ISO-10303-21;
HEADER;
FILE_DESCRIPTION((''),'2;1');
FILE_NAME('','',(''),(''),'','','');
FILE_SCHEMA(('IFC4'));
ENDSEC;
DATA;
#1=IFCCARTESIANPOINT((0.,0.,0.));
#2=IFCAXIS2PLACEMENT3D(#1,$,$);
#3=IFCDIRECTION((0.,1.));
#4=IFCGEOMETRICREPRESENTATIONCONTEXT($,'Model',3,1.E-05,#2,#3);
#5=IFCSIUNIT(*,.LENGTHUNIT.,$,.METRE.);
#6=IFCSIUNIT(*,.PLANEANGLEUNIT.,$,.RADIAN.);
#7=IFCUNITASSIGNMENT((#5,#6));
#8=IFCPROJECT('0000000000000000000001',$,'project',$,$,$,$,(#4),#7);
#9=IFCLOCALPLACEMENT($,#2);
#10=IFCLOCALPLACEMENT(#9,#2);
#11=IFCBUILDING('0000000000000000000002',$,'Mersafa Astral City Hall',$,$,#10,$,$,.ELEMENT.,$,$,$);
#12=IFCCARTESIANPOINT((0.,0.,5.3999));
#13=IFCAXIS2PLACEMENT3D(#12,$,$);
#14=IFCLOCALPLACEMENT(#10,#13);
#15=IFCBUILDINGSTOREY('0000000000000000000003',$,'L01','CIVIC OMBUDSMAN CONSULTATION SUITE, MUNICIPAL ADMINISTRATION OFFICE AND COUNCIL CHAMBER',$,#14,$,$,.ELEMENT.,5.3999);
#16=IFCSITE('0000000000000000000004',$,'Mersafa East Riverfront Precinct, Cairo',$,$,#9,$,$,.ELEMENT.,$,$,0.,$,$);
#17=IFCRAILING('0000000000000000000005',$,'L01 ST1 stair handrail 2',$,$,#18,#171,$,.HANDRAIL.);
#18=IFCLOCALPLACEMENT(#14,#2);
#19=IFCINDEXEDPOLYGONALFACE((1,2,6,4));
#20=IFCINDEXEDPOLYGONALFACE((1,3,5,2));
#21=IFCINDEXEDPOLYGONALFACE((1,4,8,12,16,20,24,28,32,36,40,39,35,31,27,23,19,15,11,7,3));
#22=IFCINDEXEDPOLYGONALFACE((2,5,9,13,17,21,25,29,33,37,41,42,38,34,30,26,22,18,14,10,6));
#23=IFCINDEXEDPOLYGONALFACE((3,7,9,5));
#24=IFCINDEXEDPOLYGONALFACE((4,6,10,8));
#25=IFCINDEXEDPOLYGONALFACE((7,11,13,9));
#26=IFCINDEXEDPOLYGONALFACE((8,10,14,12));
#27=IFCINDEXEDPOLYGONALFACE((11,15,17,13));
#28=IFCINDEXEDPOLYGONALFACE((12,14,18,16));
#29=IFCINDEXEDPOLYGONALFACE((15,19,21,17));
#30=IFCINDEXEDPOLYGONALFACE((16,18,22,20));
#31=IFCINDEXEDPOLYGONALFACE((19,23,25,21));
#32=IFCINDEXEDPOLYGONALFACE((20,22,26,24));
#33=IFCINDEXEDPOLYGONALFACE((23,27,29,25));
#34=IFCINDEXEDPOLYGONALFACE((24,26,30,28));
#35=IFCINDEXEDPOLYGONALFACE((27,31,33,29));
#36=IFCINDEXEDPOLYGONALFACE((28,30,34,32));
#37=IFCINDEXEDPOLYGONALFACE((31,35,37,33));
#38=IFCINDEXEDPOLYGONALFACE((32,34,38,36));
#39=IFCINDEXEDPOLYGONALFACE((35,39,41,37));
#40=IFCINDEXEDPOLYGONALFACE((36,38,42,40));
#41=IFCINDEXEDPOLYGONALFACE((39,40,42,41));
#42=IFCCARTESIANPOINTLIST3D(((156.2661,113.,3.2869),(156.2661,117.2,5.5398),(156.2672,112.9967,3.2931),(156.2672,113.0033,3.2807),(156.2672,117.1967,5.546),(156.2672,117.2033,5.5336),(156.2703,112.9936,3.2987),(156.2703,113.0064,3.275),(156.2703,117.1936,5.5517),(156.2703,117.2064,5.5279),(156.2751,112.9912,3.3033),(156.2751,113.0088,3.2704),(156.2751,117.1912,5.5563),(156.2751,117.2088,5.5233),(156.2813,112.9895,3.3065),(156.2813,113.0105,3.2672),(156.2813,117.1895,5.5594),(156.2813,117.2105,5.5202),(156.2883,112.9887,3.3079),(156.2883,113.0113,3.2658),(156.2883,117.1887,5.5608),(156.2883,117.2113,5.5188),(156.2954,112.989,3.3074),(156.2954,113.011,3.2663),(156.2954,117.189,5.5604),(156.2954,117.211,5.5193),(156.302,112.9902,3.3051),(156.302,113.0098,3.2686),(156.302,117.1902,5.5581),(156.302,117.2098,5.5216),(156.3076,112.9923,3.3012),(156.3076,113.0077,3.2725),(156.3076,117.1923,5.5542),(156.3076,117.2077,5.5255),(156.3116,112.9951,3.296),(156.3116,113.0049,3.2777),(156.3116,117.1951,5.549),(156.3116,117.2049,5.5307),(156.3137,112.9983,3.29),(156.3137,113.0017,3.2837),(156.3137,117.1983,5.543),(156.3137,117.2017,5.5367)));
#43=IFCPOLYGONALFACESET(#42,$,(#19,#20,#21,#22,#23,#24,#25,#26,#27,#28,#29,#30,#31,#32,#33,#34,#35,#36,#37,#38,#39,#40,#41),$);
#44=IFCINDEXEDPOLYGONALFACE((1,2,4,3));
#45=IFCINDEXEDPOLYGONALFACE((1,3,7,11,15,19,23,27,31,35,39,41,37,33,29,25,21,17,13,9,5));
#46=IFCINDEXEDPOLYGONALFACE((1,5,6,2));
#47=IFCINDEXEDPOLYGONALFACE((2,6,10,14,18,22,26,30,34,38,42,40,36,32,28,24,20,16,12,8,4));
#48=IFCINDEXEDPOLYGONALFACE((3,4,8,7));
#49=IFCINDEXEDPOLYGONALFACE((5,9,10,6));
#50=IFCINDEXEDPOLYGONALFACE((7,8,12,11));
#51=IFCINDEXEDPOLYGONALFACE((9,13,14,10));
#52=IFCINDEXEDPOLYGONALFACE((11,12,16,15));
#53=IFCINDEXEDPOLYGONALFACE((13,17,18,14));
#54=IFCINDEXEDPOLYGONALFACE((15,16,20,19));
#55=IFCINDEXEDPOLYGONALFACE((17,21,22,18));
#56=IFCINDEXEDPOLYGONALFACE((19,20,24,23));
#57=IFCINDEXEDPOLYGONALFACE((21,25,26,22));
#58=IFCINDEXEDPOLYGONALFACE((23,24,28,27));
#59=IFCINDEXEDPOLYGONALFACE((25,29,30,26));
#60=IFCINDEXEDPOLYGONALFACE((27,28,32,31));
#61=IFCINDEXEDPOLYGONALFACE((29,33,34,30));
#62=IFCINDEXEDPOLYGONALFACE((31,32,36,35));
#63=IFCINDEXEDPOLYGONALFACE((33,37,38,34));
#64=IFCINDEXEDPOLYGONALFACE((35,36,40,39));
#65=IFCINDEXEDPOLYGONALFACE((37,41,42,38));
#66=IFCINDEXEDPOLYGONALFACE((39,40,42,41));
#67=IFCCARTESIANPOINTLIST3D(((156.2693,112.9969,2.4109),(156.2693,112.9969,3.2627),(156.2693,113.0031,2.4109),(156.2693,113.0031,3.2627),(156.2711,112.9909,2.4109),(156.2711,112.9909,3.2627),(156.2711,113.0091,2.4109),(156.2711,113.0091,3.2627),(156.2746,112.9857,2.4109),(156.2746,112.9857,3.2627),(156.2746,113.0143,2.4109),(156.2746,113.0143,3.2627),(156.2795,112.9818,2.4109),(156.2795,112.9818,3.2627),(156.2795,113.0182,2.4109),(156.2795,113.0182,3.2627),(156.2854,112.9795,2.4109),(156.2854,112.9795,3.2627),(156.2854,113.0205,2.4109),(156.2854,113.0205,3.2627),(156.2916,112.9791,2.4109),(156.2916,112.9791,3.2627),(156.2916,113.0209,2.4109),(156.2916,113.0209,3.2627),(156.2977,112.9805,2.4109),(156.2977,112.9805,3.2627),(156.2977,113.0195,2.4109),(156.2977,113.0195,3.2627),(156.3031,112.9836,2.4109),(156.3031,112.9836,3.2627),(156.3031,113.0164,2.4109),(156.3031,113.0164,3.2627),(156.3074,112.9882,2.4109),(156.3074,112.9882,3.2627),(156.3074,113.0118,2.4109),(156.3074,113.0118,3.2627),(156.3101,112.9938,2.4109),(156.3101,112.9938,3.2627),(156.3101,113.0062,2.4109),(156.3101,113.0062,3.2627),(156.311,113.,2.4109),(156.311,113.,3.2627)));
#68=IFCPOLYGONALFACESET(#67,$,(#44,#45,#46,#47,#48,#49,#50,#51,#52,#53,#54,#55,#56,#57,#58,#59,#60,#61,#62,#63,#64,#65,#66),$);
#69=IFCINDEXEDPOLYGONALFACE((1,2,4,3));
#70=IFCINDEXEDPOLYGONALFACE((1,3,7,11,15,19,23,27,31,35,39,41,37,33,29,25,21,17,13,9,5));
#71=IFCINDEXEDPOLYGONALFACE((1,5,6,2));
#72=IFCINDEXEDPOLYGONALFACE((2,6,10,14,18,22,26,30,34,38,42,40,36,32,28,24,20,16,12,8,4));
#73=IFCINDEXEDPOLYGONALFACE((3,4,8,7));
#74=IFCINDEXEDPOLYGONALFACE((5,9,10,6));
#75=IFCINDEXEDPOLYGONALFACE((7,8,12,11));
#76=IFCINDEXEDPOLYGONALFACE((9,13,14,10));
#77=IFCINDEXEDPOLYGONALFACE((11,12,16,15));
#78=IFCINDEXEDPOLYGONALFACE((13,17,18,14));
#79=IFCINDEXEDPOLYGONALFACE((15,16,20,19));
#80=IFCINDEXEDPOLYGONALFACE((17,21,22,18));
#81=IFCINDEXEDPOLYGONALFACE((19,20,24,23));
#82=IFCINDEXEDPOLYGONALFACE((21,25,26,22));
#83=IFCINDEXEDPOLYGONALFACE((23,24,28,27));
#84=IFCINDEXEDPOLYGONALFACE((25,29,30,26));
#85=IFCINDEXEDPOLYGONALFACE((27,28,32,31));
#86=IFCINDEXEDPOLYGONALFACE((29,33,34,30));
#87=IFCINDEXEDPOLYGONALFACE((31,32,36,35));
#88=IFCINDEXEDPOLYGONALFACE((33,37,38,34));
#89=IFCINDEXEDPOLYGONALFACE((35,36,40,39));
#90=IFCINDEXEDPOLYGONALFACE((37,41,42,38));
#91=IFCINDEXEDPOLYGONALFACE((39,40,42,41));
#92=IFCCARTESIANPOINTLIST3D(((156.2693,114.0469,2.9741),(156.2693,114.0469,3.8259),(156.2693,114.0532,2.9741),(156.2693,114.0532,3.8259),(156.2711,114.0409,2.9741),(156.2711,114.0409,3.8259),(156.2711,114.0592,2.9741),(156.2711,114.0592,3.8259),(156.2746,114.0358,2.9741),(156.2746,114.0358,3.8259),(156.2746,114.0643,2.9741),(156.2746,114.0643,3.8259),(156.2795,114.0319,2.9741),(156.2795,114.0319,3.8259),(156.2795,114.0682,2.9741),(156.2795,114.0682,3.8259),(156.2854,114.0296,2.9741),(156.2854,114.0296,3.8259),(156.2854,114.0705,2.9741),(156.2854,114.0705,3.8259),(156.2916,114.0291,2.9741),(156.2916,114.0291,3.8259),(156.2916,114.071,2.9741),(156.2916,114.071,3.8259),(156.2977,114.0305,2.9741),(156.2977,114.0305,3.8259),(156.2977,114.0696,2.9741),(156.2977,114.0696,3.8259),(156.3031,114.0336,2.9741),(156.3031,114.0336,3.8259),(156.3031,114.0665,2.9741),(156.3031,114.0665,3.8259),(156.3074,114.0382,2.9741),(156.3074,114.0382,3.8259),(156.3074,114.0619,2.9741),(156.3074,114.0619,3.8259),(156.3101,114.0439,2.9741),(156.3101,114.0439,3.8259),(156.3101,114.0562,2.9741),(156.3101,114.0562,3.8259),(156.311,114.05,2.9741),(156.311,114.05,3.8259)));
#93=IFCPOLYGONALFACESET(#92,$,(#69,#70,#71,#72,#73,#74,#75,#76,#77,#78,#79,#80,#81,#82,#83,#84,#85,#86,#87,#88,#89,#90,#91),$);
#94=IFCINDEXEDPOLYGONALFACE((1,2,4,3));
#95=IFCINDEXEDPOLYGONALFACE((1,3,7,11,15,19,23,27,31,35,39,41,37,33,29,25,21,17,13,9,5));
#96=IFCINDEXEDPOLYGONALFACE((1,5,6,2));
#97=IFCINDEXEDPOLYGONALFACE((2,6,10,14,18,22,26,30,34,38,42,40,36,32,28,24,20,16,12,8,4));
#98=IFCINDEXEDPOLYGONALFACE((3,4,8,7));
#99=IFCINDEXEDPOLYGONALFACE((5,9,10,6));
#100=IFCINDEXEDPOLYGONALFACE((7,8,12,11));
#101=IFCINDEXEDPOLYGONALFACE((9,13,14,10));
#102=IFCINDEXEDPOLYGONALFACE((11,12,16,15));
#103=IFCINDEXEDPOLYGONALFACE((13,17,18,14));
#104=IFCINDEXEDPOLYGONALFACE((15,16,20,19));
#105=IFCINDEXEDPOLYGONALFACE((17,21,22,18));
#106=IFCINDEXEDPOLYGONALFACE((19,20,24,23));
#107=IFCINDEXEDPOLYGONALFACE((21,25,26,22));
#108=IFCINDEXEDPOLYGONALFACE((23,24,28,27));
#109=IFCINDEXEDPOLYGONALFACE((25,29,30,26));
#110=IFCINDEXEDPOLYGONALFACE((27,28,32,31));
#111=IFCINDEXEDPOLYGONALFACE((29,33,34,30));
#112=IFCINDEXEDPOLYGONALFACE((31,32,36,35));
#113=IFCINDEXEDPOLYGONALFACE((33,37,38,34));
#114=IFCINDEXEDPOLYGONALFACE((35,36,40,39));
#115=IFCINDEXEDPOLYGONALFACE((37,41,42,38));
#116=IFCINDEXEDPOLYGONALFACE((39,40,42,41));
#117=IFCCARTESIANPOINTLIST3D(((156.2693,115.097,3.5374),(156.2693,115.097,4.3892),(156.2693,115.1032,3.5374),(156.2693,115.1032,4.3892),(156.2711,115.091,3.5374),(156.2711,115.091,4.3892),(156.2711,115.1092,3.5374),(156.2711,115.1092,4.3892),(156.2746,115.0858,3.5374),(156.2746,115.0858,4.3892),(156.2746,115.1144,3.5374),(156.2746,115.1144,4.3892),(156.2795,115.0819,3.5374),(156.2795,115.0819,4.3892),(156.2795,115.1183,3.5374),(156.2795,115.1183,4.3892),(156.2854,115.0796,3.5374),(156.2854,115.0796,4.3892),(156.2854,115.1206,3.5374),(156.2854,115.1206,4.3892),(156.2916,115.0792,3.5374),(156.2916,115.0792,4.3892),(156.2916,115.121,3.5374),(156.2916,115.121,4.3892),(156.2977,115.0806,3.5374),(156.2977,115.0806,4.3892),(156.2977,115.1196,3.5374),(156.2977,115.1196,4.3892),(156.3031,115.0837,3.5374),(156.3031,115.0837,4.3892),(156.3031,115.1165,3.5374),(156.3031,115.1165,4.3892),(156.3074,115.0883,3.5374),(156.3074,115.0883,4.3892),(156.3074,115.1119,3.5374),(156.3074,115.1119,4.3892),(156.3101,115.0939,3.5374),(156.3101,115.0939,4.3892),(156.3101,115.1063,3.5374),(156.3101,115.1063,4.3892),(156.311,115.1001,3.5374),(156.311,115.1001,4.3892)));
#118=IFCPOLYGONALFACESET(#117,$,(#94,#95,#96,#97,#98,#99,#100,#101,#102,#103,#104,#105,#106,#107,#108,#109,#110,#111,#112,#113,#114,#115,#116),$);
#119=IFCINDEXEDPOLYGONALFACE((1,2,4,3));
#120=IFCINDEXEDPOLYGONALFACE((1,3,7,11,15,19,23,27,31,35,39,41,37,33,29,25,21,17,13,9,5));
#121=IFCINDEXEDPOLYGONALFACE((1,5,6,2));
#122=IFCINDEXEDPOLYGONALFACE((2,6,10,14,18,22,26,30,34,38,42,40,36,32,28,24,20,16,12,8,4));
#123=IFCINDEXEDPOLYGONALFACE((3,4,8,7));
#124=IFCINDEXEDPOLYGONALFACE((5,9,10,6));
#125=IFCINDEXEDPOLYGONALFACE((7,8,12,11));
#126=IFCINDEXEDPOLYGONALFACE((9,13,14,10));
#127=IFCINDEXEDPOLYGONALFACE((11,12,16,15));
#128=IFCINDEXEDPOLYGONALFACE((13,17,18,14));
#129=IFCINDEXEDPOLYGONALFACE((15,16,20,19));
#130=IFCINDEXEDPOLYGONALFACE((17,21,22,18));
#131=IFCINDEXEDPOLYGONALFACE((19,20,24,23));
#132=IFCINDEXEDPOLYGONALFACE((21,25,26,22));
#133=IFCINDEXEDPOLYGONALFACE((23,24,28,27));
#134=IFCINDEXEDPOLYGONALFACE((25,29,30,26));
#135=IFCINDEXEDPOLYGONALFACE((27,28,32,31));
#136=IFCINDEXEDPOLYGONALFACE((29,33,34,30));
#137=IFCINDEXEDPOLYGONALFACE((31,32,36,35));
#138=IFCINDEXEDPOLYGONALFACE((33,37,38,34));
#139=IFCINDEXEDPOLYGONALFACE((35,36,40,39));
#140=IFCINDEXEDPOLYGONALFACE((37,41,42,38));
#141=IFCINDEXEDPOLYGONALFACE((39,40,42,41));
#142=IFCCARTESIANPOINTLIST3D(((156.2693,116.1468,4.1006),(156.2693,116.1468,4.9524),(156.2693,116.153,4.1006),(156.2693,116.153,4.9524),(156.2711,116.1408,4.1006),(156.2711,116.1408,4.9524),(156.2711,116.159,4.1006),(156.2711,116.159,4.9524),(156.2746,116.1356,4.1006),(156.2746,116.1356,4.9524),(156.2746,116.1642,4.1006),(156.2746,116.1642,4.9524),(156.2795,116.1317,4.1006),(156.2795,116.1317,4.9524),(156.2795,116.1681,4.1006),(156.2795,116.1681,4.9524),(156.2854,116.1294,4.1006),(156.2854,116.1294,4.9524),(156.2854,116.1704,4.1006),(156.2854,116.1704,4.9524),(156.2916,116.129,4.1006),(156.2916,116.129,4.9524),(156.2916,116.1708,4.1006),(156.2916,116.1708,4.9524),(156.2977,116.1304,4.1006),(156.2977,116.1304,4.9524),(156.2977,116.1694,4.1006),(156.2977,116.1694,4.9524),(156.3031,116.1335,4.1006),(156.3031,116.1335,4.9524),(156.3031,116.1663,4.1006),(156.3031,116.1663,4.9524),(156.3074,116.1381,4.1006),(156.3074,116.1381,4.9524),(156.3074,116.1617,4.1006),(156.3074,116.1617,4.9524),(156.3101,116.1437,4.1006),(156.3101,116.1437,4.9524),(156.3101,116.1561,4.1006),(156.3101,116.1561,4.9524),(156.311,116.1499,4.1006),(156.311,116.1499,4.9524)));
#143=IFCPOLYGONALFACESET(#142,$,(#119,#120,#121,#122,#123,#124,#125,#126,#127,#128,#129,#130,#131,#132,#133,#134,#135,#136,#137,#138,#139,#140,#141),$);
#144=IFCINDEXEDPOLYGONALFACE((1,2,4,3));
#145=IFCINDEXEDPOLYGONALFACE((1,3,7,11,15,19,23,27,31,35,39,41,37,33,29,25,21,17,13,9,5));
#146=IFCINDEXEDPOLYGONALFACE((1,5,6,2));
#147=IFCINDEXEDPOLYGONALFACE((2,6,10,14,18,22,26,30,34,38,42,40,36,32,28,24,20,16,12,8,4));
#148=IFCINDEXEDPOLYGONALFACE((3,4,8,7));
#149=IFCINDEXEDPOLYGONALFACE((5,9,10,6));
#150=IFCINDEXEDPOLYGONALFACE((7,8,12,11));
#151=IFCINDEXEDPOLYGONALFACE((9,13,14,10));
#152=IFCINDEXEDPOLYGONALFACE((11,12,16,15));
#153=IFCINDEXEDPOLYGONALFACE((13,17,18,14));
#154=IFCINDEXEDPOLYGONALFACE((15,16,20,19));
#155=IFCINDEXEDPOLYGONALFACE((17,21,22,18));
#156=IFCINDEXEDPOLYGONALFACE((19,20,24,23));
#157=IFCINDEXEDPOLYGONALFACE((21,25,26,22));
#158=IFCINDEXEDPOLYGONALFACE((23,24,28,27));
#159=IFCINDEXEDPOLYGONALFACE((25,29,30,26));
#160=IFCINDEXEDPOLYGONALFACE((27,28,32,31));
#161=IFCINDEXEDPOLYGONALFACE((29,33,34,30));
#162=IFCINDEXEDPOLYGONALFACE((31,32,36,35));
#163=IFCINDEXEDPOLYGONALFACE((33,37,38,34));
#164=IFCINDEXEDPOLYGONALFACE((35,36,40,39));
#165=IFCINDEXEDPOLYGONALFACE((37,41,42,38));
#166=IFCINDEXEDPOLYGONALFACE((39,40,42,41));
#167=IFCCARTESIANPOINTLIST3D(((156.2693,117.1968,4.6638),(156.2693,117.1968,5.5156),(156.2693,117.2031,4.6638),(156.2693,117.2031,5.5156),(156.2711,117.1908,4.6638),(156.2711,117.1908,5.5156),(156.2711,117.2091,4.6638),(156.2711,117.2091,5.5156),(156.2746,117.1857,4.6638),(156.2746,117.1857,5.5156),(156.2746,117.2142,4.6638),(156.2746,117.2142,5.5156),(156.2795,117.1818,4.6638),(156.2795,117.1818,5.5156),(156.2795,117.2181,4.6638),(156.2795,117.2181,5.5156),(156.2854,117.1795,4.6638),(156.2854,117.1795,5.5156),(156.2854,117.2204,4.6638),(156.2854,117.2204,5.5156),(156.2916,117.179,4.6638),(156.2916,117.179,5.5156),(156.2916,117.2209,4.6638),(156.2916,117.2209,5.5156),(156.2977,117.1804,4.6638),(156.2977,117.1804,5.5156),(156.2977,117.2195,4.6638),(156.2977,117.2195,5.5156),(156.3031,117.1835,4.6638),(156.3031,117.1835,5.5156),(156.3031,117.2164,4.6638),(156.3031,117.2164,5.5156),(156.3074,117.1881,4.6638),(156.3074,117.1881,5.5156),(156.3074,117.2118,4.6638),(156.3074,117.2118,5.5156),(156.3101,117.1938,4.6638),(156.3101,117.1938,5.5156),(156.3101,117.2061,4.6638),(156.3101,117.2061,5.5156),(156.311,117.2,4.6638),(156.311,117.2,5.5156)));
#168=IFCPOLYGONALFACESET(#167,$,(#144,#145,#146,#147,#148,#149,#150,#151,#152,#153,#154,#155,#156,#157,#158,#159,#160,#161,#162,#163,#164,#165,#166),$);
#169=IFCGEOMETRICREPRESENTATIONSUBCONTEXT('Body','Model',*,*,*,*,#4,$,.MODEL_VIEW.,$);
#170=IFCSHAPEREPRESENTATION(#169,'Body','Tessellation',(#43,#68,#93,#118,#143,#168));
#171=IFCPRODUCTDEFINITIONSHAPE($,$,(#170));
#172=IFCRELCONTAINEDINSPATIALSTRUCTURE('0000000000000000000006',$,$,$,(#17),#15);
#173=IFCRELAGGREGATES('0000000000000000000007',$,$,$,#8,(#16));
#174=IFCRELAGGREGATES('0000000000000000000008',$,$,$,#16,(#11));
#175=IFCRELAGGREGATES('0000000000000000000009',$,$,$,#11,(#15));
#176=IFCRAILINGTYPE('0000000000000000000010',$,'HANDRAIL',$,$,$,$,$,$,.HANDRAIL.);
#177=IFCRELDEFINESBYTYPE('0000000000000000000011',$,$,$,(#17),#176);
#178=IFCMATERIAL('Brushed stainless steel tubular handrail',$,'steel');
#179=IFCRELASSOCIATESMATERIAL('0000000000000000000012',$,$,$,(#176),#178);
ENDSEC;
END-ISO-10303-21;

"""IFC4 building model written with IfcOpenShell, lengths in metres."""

from ifc_helpers import new_model, si_unit, direction, frame, origin, origin_2d, place, context, subcontext, project, spatial, circle, extrude, material, type_object, element, save


model = new_model("IFC4")

# Units and contexts
model_context = context("Model", 3, precision=1e-05, world=origin(), true_north=direction((0.0, 1.0)))
body_context = subcontext(model_context, "Body", "Model", "MODEL_VIEW")
ifc_project = project(units=[si_unit("LENGTHUNIT", "METRE"), si_unit("PLANEANGLEUNIT", "RADIAN")], contexts=[model_context])

# Site, building, storey
site_placement = place(None, origin())
site = spatial("IfcSite", under=ifc_project, at=site_placement, Name="Mersafa East Riverfront Precinct, Cairo", CompositionType="ELEMENT", RefElevation=0.0)
building_placement = place(site_placement, origin())
building = spatial("IfcBuilding", under=site, at=building_placement, Name="Mersafa Astral City Hall", CompositionType="ELEMENT")
storey_placement = place(building_placement, frame((0.0, 0.0, 5.3999)))
storey = spatial("IfcBuildingStorey", under=building, at=storey_placement, Name="L01", Description="CIVIC OMBUDSMAN CONSULTATION SUITE, MUNICIPAL ADMINISTRATION OFFICE AND COUNCIL CHAMBER", CompositionType="ELEMENT", Elevation=5.3999)

# Railing
ifc_material_1 = material(Name="Brushed stainless steel tubular handrail", Category="steel")
railing_type_1 = type_object("IfcRailingType", Name="HANDRAIL", PredefinedType="HANDRAIL", material=ifc_material_1)
railing_1_placement = place(storey_placement, frame((156.29, 113.0, 2.4109)))
element("IfcRailing", 1, at=railing_1_placement, inside=storey, type_object=railing_type_1, Name="L01 ST1 stair handrail 2", PredefinedType="HANDRAIL", context=body_context, shape_type="SweptSolid", body=[
    extrude(circle(Radius=0.0239, at=origin_2d()), frame((0.0, 0.0, 0.876), z_axis=(0.0, 0.881222, 0.472703), x_axis=(-1.0, 0.0, 0.0)), (0.0, 0.0, 1.0), 4.7661),
    extrude(circle(Radius=0.021, at=origin_2d()), origin(), (0.0, 0.0, 1.0), 0.8518),
    extrude(circle(Radius=0.021, at=origin_2d()), frame((0.0, 1.05, 0.5632)), (0.0, 0.0, 1.0), 0.8518),
    extrude(circle(Radius=0.021, at=origin_2d()), frame((0.0, 2.1001, 1.1265)), (0.0, 0.0, 1.0), 0.8518),
    extrude(circle(Radius=0.021, at=origin_2d()), frame((0.0, 3.1499, 1.6897)), (0.0, 0.0, 1.0), 0.8518),
    extrude(circle(Radius=0.021, at=origin_2d()), frame((0.0, 4.2, 2.2529)), (0.0, 0.0, 1.0), 0.8518),
])

save(model, "model.ifc")
